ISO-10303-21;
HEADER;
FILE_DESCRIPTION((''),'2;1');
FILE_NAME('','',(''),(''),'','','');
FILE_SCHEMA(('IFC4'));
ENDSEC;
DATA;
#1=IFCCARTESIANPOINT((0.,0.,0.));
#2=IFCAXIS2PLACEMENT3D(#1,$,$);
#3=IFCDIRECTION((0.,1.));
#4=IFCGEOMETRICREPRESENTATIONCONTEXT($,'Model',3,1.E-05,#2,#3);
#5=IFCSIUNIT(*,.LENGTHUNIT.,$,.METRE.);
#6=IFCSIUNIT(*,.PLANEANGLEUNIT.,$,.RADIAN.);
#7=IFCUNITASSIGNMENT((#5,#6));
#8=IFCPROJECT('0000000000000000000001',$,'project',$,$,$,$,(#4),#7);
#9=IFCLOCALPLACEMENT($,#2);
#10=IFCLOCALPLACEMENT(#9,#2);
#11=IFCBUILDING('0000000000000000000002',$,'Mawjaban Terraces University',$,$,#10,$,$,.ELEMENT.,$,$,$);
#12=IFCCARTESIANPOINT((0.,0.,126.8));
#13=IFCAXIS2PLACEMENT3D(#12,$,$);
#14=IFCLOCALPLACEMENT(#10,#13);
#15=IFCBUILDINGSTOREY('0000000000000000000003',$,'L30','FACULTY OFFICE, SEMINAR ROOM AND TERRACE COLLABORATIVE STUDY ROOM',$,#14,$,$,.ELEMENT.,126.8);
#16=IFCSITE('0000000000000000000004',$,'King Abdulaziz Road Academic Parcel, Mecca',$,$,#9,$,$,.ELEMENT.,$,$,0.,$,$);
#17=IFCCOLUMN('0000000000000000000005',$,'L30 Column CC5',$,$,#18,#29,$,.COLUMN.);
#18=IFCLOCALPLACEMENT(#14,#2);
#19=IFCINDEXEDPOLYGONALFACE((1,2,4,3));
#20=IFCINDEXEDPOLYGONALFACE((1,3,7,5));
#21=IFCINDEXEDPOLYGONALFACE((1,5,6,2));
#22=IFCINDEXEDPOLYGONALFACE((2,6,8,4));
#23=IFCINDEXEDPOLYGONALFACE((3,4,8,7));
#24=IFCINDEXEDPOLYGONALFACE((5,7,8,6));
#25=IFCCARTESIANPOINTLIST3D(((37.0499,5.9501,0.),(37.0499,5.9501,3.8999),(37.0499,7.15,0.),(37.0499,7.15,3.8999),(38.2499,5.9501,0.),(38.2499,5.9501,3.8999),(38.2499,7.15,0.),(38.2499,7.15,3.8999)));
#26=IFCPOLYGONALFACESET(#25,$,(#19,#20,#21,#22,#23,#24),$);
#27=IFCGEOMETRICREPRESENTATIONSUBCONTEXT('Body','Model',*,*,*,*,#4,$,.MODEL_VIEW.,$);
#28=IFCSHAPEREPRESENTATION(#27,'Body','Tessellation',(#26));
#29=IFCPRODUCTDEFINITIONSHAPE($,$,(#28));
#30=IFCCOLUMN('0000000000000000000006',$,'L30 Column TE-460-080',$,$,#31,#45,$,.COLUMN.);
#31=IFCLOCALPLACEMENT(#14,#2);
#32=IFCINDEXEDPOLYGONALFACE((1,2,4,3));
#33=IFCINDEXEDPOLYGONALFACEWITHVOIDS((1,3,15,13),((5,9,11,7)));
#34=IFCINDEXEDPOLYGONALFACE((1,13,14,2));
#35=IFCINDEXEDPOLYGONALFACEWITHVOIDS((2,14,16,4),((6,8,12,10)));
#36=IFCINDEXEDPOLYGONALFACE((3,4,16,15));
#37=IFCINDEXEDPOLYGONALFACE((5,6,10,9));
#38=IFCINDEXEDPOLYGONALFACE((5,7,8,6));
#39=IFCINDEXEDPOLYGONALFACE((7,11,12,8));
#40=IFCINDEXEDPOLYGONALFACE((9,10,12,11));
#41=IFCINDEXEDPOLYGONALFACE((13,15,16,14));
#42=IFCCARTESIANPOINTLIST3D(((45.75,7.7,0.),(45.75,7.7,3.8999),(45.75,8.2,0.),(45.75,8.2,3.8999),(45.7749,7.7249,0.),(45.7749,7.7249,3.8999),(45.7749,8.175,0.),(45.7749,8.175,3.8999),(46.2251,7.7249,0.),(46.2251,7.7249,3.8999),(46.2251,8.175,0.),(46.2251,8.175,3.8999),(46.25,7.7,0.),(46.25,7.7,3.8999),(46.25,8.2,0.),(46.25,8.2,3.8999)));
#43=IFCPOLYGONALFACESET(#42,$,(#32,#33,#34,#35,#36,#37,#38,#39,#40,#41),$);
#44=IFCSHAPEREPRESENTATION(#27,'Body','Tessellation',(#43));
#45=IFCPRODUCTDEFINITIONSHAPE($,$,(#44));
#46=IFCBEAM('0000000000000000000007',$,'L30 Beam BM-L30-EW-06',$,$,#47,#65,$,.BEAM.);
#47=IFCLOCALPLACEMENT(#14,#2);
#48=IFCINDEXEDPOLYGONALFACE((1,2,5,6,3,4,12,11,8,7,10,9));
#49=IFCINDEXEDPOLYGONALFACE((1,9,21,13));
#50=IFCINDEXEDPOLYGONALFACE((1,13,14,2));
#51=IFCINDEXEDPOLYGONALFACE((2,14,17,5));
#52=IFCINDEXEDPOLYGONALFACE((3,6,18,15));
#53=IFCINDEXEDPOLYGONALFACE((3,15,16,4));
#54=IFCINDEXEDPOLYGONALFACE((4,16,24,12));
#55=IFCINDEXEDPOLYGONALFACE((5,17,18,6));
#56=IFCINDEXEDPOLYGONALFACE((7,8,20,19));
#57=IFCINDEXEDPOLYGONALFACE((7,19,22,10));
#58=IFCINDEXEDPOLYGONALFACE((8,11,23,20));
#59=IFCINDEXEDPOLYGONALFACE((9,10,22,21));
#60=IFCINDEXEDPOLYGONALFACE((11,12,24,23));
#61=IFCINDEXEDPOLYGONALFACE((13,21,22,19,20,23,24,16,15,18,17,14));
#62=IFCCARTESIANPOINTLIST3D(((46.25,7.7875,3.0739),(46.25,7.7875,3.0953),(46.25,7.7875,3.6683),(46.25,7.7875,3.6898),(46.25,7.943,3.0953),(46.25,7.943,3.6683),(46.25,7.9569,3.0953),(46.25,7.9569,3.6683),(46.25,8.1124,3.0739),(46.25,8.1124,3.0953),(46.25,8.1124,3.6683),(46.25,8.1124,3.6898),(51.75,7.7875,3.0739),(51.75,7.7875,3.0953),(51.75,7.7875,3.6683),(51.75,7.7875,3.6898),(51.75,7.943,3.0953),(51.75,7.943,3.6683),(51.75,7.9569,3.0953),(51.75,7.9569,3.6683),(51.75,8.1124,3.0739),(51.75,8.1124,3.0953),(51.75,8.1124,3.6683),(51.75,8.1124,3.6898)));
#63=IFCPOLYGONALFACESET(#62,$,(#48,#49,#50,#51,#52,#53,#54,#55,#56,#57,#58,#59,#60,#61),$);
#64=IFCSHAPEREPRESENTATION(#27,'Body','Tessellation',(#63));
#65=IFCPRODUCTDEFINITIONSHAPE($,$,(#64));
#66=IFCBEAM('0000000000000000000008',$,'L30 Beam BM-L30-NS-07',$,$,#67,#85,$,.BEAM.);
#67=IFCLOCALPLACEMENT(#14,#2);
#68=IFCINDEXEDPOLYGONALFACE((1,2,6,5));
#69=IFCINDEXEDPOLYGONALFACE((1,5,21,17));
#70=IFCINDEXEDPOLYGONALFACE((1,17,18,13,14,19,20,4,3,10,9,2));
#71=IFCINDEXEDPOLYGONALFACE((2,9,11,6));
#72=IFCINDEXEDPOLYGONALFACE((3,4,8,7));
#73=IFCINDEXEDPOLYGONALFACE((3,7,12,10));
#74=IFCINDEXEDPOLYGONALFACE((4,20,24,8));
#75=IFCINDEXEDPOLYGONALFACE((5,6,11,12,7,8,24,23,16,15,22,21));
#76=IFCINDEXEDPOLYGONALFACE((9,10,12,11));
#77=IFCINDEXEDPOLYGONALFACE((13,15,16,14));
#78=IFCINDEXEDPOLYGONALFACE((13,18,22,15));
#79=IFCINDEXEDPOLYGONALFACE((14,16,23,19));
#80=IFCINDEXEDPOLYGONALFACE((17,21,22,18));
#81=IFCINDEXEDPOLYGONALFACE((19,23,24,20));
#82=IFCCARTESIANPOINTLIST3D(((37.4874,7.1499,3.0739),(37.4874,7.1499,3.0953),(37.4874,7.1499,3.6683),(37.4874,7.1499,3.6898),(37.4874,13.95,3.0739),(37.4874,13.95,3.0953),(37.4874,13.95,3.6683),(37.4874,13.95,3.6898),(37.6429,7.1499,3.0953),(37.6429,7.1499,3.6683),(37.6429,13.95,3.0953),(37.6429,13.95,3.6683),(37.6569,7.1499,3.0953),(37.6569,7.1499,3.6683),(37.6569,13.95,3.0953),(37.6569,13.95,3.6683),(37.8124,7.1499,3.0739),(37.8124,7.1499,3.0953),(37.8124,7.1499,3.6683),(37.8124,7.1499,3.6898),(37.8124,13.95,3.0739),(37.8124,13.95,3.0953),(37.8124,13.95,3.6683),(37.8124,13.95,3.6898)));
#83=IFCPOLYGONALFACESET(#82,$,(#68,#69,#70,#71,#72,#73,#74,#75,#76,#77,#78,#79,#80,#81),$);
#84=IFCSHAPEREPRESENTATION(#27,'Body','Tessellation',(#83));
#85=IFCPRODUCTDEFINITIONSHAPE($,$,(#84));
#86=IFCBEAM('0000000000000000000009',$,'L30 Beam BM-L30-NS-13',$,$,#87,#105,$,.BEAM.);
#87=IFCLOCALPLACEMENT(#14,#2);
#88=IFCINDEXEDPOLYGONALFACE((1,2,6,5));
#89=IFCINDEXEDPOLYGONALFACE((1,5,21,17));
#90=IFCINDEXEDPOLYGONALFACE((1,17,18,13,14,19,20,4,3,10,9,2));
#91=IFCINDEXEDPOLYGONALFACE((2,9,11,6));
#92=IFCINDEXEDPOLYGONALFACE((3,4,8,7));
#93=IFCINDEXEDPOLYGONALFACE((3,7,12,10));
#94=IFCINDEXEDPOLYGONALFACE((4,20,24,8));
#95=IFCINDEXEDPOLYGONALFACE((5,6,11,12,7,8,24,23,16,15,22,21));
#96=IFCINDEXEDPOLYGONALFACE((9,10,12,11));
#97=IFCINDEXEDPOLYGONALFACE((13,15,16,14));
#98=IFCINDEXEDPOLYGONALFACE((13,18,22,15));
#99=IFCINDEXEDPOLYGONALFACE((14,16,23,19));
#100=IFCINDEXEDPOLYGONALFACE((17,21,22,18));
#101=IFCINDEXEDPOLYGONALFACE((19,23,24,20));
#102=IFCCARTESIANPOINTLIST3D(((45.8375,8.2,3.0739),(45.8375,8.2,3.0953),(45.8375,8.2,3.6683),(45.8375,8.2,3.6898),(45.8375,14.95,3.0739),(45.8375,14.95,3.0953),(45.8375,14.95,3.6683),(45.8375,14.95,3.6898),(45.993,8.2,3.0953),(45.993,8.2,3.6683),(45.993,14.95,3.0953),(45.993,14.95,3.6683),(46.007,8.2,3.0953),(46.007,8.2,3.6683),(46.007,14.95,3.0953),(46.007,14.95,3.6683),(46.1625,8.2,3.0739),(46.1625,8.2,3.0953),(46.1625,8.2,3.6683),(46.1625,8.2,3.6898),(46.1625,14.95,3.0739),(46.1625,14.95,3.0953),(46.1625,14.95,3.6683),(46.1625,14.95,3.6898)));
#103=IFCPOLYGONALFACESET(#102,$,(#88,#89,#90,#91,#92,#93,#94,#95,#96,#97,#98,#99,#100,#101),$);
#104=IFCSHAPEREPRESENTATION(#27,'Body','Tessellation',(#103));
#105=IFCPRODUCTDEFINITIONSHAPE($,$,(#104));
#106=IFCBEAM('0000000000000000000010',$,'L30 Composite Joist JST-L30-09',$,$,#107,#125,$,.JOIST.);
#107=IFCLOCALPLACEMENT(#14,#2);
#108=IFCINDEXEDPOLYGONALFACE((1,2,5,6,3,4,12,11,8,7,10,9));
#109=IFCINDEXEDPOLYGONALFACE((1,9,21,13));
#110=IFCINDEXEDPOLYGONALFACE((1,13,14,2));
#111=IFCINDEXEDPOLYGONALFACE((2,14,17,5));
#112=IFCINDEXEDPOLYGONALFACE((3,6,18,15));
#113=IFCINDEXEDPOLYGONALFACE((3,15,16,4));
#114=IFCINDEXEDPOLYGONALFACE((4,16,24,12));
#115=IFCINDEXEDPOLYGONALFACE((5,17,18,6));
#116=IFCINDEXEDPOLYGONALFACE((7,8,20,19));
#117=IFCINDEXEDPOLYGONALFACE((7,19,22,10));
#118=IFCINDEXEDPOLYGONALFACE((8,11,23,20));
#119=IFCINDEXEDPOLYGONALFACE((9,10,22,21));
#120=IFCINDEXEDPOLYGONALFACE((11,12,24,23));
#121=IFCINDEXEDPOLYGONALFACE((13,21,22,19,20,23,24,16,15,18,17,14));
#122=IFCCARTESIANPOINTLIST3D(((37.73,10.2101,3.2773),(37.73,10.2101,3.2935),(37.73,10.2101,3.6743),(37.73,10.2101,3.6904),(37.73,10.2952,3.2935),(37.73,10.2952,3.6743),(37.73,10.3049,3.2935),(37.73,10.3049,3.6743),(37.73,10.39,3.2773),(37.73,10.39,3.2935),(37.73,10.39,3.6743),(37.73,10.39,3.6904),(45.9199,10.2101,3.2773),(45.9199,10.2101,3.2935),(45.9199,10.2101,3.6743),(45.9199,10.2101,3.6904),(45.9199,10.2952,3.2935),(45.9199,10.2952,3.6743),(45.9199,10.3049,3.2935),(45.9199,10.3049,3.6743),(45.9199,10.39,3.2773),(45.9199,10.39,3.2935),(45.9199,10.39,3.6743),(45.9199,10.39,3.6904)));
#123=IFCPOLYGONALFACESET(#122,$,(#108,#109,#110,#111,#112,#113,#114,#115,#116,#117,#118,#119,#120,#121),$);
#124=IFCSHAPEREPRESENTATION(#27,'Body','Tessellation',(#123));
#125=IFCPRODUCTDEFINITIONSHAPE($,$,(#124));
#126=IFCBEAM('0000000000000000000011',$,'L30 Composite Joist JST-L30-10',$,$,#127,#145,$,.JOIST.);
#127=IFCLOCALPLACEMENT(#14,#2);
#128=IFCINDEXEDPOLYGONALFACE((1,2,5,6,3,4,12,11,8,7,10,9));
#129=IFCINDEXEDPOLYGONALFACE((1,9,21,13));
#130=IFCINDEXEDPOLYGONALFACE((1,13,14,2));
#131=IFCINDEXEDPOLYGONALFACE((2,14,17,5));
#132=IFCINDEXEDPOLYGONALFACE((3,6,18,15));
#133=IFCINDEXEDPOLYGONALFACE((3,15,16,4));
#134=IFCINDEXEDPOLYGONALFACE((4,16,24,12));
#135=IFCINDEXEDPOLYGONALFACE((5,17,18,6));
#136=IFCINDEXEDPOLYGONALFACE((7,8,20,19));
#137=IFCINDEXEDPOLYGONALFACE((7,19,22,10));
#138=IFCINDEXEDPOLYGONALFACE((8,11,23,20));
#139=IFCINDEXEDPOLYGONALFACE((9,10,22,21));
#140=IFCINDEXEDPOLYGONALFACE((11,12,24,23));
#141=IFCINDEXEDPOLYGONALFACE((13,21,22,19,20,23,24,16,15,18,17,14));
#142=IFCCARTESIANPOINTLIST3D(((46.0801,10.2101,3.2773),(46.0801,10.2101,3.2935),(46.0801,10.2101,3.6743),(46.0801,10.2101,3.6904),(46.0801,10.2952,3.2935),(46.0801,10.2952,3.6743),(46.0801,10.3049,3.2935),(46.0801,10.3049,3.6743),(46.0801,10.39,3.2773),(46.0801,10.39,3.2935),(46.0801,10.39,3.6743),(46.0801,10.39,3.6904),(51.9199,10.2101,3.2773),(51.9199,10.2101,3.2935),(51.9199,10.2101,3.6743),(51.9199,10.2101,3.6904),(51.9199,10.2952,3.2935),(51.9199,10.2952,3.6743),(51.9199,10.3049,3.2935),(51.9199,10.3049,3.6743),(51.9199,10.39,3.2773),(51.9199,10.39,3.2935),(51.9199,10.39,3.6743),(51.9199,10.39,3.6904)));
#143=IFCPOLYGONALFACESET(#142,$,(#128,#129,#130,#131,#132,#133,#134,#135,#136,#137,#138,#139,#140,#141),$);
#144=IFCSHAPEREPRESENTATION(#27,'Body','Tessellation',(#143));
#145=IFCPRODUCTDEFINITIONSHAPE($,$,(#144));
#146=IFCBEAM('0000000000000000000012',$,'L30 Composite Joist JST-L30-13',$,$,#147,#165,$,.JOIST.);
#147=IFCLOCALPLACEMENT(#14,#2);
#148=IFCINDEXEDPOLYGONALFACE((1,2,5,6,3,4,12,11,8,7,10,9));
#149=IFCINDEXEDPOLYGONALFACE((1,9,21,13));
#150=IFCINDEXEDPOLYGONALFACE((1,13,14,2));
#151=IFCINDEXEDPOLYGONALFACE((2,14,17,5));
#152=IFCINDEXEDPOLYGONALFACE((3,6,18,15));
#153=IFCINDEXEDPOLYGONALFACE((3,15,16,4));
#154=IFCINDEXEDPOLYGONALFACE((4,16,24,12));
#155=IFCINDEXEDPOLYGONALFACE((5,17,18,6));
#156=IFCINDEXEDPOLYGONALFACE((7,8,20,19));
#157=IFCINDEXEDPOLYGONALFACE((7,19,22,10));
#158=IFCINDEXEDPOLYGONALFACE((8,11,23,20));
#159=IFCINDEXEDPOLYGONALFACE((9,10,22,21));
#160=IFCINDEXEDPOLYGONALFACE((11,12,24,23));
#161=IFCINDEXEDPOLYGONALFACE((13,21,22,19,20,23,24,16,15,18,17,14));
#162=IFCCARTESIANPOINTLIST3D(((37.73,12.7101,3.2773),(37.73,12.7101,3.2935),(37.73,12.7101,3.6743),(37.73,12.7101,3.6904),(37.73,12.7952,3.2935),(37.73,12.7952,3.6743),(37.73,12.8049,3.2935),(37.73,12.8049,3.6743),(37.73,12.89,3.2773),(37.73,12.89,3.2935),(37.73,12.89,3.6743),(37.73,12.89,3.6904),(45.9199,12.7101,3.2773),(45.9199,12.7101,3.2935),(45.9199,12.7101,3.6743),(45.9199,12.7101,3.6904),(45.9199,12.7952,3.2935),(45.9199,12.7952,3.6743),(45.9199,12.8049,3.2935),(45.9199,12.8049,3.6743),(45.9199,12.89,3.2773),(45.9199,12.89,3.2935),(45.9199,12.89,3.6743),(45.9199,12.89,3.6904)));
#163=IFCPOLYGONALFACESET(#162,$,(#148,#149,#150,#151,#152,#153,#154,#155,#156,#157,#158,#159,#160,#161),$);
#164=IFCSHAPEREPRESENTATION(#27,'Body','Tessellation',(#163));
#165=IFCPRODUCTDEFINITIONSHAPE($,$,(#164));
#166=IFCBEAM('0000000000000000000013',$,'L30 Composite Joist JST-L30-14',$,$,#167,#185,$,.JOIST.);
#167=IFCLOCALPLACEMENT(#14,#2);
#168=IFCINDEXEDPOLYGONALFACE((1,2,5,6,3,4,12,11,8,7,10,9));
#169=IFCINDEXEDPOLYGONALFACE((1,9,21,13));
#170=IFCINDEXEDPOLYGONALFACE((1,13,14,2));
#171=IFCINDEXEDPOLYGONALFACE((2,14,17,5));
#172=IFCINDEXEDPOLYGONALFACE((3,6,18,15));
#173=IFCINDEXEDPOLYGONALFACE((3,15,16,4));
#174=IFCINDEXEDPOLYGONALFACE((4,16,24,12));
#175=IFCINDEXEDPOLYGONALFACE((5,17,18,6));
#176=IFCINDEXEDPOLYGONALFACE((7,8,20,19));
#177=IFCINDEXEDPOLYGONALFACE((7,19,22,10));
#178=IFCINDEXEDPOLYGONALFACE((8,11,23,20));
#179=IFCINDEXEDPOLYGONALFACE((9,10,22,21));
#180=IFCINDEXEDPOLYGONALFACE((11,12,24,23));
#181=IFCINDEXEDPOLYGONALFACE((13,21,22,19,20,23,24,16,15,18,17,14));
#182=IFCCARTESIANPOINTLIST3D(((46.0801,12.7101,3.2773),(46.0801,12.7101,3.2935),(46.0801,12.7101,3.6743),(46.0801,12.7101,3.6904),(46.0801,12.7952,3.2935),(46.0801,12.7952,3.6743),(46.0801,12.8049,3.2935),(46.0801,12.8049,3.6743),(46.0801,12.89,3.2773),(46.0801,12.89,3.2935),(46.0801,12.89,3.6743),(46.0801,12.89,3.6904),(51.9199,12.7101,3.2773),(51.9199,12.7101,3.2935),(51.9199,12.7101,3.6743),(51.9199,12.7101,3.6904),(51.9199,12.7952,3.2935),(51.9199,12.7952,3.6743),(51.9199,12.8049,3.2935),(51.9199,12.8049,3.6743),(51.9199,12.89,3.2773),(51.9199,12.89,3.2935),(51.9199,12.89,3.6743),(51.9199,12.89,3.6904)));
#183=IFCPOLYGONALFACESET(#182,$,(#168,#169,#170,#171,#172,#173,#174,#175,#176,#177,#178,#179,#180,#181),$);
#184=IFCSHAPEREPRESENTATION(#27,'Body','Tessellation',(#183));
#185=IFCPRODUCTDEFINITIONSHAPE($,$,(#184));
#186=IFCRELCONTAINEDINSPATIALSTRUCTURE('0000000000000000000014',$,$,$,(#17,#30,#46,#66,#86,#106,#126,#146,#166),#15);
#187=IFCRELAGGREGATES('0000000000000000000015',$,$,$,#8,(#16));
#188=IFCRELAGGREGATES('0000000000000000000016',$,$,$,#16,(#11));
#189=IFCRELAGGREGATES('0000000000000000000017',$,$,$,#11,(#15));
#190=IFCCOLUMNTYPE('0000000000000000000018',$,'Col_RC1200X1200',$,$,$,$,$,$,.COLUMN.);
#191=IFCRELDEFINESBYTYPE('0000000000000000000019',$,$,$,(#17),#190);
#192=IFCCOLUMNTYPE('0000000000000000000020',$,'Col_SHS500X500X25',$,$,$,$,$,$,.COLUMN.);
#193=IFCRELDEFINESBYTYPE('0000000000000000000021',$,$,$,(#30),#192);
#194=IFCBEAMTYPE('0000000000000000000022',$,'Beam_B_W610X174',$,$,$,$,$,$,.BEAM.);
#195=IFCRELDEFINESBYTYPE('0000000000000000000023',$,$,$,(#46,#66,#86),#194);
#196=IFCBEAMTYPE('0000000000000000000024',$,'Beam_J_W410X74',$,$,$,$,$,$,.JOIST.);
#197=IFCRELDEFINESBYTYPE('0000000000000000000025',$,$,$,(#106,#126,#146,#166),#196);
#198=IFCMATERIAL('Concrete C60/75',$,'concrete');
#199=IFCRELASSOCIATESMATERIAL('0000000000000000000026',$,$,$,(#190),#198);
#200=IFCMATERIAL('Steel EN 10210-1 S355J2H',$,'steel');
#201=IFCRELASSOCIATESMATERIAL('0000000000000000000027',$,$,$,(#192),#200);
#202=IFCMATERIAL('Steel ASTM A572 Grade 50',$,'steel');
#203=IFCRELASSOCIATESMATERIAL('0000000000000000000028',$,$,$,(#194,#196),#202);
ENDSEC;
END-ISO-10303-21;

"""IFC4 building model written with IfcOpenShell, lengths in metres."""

from ifc_helpers import new_model, si_unit, direction, frame, origin, origin_2d, place, context, subcontext, project, spatial, rectangle, hollow_rectangle, i_section, extrude, material, material_profile, profile_set, type_object, element, save


model = new_model("IFC4")

# Units and contexts
model_context = context("Model", 3, precision=1e-05, world=origin(), true_north=direction((0.0, 1.0)))
body_context = subcontext(model_context, "Body", "Model", "MODEL_VIEW")
ifc_project = project(units=[si_unit("LENGTHUNIT", "METRE"), si_unit("PLANEANGLEUNIT", "RADIAN")], contexts=[model_context])

# Site, building, storey
site_placement = place(None, origin())
site = spatial("IfcSite", under=ifc_project, at=site_placement, Name="King Abdulaziz Road Academic Parcel, Mecca", CompositionType="ELEMENT", RefElevation=0.0)
building_placement = place(site_placement, origin())
building = spatial("IfcBuilding", under=site, at=building_placement, Name="Mawjaban Terraces University", CompositionType="ELEMENT")
storey_placement = place(building_placement, frame((0.0, 0.0, 126.8)))
storey = spatial("IfcBuildingStorey", under=building, at=storey_placement, Name="L30", Description="FACULTY OFFICE, SEMINAR ROOM AND TERRACE COLLABORATIVE STUDY ROOM", CompositionType="ELEMENT", Elevation=126.8)

# Columns
ifc_material_1 = material(Name="Concrete C60/75", Category="concrete")
ifc_material_profile_1 = material_profile(ifc_material_1, rectangle(XDim=1.2, YDim=1.2, at=origin_2d()), Name="RC1200X1200")
ifc_profile_set_1 = profile_set([ifc_material_profile_1], Name="Concrete C60/75")
column_type_1 = type_object("IfcColumnType", Name="Col_RC1200X1200", PredefinedType="COLUMN", material=ifc_profile_set_1)
column_1_placement = place(storey_placement, frame((37.6499, 6.55, 0.0), z_axis=(0.0, 0.0, 1.0), x_axis=(1.0, 0.0, 0.0)))
element("IfcColumn", 1, at=column_1_placement, inside=storey, type_object=column_type_1, Name="L30 Column CC5", PredefinedType="COLUMN", context=body_context, shape_type="SweptSolid", body=[
    extrude(rectangle(XDim=1.2, YDim=1.2, at=origin_2d()), origin(), (0.0, 0.0, 1.0), 3.8999),
])
ifc_material_2 = material(Name="Steel EN 10210-1 S355J2H", Category="steel")
ifc_material_profile_2 = material_profile(ifc_material_2, hollow_rectangle(XDim=0.5, YDim=0.5, WallThickness=0.0249, at=origin_2d()), Name="SHS500X500X25")
ifc_profile_set_2 = profile_set([ifc_material_profile_2], Name="Steel EN 10210-1 S355J2H")
column_type_2 = type_object("IfcColumnType", Name="Col_SHS500X500X25", PredefinedType="COLUMN", material=ifc_profile_set_2)
column_2_placement = place(storey_placement, frame((46.0, 7.95, 0.0), z_axis=(0.0, 0.0, 1.0), x_axis=(1.0, 0.0, 0.0)))
element("IfcColumn", 2, at=column_2_placement, inside=storey, type_object=column_type_2, Name="L30 Column TE-460-080", PredefinedType="COLUMN", context=body_context, shape_type="SweptSolid", body=[
    extrude(hollow_rectangle(XDim=0.5, YDim=0.5, WallThickness=0.0249, at=origin_2d()), origin(), (0.0, 0.0, 1.0), 3.8999),
])

# Beams
ifc_material_3 = material(Name="Steel ASTM A572 Grade 50", Category="steel")
ifc_material_profile_3 = material_profile(ifc_material_3, i_section(OverallWidth=0.325, OverallDepth=0.616, WebThickness=0.0139, FlangeThickness=0.0215, at=origin_2d()), Name="W610X174")
ifc_profile_set_3 = profile_set([ifc_material_profile_3], Name="Steel ASTM A572 Grade 50")
beam_type_1 = type_object("IfcBeamType", Name="Beam_B_W610X174", PredefinedType="BEAM", material=ifc_profile_set_3)
beam_1_placement = place(storey_placement, frame((46.25, 7.95, 3.3818), z_axis=(1.0, 0.0, 0.0), x_axis=(0.0, 1.0, 0.0)))
element("IfcBeam", 3, at=beam_1_placement, inside=storey, type_object=beam_type_1, Name="L30 Beam BM-L30-EW-06", PredefinedType="BEAM", context=body_context, shape_type="SweptSolid", body=[
    extrude(i_section(OverallWidth=0.325, OverallDepth=0.616, WebThickness=0.0139, FlangeThickness=0.0215, at=origin_2d()), origin(), (0.0, 0.0, 1.0), 5.5),
])
beam_2_placement = place(storey_placement, frame((37.6499, 7.1499, 3.3818), z_axis=(0.0, 1.0, 0.0), x_axis=(-1.0, 0.0, 0.0)))
element("IfcBeam", 4, at=beam_2_placement, inside=storey, type_object=beam_type_1, Name="L30 Beam BM-L30-NS-07", PredefinedType="BEAM", context=body_context, shape_type="SweptSolid", body=[
    extrude(i_section(OverallWidth=0.325, OverallDepth=0.616, WebThickness=0.0139, FlangeThickness=0.0215, at=origin_2d()), origin(), (0.0, 0.0, 1.0), 6.8),
])
beam_3_placement = place(storey_placement, frame((46.0, 8.2, 3.3818), z_axis=(0.0, 1.0, 0.0), x_axis=(-1.0, 0.0, 0.0)))
element("IfcBeam", 5, at=beam_3_placement, inside=storey, type_object=beam_type_1, Name="L30 Beam BM-L30-NS-13", PredefinedType="BEAM", context=body_context, shape_type="SweptSolid", body=[
    extrude(i_section(OverallWidth=0.325, OverallDepth=0.616, WebThickness=0.0139, FlangeThickness=0.0215, at=origin_2d()), origin(), (0.0, 0.0, 1.0), 6.75),
])
ifc_material_profile_4 = material_profile(ifc_material_3, i_section(OverallWidth=0.1799, OverallDepth=0.4131, WebThickness=0.0098, FlangeThickness=0.0161, at=origin_2d()), Name="W410X74")
ifc_profile_set_4 = profile_set([ifc_material_profile_4], Name="Steel ASTM A572 Grade 50")
beam_type_2 = type_object("IfcBeamType", Name="Beam_J_W410X74", PredefinedType="JOIST", material=ifc_profile_set_4)
beam_4_placement = place(storey_placement, frame((37.73, 10.3, 3.4839), z_axis=(1.0, 0.0, 0.0), x_axis=(0.0, 1.0, 0.0)))
element("IfcBeam", 6, at=beam_4_placement, inside=storey, type_object=beam_type_2, Name="L30 Composite Joist JST-L30-09", PredefinedType="JOIST", context=body_context, shape_type="SweptSolid", body=[
    extrude(i_section(OverallWidth=0.1799, OverallDepth=0.4131, WebThickness=0.0098, FlangeThickness=0.0161, at=origin_2d()), origin(), (0.0, 0.0, 1.0), 8.1899),
])
beam_5_placement = place(storey_placement, frame((46.0801, 10.3, 3.4839), z_axis=(1.0, 0.0, 0.0), x_axis=(0.0, 1.0, 0.0)))
element("IfcBeam", 7, at=beam_5_placement, inside=storey, type_object=beam_type_2, Name="L30 Composite Joist JST-L30-10", PredefinedType="JOIST", context=body_context, shape_type="SweptSolid", body=[
    extrude(i_section(OverallWidth=0.1799, OverallDepth=0.4131, WebThickness=0.0098, FlangeThickness=0.0161, at=origin_2d()), origin(), (0.0, 0.0, 1.0), 5.8398),
])
beam_6_placement = place(storey_placement, frame((37.73, 12.8, 3.4839), z_axis=(1.0, 0.0, 0.0), x_axis=(0.0, 1.0, 0.0)))
element("IfcBeam", 8, at=beam_6_placement, inside=storey, type_object=beam_type_2, Name="L30 Composite Joist JST-L30-13", PredefinedType="JOIST", context=body_context, shape_type="SweptSolid", body=[
    extrude(i_section(OverallWidth=0.1799, OverallDepth=0.4131, WebThickness=0.0098, FlangeThickness=0.0161, at=origin_2d()), origin(), (0.0, 0.0, 1.0), 8.1899),
])
beam_7_placement = place(storey_placement, frame((46.0801, 12.8, 3.4839), z_axis=(1.0, 0.0, 0.0), x_axis=(0.0, 1.0, 0.0)))
element("IfcBeam", 9, at=beam_7_placement, inside=storey, type_object=beam_type_2, Name="L30 Composite Joist JST-L30-14", PredefinedType="JOIST", context=body_context, shape_type="SweptSolid", body=[
    extrude(i_section(OverallWidth=0.1799, OverallDepth=0.4131, WebThickness=0.0098, FlangeThickness=0.0161, at=origin_2d()), origin(), (0.0, 0.0, 1.0), 5.8398),
])

save(model, "model.ifc")
